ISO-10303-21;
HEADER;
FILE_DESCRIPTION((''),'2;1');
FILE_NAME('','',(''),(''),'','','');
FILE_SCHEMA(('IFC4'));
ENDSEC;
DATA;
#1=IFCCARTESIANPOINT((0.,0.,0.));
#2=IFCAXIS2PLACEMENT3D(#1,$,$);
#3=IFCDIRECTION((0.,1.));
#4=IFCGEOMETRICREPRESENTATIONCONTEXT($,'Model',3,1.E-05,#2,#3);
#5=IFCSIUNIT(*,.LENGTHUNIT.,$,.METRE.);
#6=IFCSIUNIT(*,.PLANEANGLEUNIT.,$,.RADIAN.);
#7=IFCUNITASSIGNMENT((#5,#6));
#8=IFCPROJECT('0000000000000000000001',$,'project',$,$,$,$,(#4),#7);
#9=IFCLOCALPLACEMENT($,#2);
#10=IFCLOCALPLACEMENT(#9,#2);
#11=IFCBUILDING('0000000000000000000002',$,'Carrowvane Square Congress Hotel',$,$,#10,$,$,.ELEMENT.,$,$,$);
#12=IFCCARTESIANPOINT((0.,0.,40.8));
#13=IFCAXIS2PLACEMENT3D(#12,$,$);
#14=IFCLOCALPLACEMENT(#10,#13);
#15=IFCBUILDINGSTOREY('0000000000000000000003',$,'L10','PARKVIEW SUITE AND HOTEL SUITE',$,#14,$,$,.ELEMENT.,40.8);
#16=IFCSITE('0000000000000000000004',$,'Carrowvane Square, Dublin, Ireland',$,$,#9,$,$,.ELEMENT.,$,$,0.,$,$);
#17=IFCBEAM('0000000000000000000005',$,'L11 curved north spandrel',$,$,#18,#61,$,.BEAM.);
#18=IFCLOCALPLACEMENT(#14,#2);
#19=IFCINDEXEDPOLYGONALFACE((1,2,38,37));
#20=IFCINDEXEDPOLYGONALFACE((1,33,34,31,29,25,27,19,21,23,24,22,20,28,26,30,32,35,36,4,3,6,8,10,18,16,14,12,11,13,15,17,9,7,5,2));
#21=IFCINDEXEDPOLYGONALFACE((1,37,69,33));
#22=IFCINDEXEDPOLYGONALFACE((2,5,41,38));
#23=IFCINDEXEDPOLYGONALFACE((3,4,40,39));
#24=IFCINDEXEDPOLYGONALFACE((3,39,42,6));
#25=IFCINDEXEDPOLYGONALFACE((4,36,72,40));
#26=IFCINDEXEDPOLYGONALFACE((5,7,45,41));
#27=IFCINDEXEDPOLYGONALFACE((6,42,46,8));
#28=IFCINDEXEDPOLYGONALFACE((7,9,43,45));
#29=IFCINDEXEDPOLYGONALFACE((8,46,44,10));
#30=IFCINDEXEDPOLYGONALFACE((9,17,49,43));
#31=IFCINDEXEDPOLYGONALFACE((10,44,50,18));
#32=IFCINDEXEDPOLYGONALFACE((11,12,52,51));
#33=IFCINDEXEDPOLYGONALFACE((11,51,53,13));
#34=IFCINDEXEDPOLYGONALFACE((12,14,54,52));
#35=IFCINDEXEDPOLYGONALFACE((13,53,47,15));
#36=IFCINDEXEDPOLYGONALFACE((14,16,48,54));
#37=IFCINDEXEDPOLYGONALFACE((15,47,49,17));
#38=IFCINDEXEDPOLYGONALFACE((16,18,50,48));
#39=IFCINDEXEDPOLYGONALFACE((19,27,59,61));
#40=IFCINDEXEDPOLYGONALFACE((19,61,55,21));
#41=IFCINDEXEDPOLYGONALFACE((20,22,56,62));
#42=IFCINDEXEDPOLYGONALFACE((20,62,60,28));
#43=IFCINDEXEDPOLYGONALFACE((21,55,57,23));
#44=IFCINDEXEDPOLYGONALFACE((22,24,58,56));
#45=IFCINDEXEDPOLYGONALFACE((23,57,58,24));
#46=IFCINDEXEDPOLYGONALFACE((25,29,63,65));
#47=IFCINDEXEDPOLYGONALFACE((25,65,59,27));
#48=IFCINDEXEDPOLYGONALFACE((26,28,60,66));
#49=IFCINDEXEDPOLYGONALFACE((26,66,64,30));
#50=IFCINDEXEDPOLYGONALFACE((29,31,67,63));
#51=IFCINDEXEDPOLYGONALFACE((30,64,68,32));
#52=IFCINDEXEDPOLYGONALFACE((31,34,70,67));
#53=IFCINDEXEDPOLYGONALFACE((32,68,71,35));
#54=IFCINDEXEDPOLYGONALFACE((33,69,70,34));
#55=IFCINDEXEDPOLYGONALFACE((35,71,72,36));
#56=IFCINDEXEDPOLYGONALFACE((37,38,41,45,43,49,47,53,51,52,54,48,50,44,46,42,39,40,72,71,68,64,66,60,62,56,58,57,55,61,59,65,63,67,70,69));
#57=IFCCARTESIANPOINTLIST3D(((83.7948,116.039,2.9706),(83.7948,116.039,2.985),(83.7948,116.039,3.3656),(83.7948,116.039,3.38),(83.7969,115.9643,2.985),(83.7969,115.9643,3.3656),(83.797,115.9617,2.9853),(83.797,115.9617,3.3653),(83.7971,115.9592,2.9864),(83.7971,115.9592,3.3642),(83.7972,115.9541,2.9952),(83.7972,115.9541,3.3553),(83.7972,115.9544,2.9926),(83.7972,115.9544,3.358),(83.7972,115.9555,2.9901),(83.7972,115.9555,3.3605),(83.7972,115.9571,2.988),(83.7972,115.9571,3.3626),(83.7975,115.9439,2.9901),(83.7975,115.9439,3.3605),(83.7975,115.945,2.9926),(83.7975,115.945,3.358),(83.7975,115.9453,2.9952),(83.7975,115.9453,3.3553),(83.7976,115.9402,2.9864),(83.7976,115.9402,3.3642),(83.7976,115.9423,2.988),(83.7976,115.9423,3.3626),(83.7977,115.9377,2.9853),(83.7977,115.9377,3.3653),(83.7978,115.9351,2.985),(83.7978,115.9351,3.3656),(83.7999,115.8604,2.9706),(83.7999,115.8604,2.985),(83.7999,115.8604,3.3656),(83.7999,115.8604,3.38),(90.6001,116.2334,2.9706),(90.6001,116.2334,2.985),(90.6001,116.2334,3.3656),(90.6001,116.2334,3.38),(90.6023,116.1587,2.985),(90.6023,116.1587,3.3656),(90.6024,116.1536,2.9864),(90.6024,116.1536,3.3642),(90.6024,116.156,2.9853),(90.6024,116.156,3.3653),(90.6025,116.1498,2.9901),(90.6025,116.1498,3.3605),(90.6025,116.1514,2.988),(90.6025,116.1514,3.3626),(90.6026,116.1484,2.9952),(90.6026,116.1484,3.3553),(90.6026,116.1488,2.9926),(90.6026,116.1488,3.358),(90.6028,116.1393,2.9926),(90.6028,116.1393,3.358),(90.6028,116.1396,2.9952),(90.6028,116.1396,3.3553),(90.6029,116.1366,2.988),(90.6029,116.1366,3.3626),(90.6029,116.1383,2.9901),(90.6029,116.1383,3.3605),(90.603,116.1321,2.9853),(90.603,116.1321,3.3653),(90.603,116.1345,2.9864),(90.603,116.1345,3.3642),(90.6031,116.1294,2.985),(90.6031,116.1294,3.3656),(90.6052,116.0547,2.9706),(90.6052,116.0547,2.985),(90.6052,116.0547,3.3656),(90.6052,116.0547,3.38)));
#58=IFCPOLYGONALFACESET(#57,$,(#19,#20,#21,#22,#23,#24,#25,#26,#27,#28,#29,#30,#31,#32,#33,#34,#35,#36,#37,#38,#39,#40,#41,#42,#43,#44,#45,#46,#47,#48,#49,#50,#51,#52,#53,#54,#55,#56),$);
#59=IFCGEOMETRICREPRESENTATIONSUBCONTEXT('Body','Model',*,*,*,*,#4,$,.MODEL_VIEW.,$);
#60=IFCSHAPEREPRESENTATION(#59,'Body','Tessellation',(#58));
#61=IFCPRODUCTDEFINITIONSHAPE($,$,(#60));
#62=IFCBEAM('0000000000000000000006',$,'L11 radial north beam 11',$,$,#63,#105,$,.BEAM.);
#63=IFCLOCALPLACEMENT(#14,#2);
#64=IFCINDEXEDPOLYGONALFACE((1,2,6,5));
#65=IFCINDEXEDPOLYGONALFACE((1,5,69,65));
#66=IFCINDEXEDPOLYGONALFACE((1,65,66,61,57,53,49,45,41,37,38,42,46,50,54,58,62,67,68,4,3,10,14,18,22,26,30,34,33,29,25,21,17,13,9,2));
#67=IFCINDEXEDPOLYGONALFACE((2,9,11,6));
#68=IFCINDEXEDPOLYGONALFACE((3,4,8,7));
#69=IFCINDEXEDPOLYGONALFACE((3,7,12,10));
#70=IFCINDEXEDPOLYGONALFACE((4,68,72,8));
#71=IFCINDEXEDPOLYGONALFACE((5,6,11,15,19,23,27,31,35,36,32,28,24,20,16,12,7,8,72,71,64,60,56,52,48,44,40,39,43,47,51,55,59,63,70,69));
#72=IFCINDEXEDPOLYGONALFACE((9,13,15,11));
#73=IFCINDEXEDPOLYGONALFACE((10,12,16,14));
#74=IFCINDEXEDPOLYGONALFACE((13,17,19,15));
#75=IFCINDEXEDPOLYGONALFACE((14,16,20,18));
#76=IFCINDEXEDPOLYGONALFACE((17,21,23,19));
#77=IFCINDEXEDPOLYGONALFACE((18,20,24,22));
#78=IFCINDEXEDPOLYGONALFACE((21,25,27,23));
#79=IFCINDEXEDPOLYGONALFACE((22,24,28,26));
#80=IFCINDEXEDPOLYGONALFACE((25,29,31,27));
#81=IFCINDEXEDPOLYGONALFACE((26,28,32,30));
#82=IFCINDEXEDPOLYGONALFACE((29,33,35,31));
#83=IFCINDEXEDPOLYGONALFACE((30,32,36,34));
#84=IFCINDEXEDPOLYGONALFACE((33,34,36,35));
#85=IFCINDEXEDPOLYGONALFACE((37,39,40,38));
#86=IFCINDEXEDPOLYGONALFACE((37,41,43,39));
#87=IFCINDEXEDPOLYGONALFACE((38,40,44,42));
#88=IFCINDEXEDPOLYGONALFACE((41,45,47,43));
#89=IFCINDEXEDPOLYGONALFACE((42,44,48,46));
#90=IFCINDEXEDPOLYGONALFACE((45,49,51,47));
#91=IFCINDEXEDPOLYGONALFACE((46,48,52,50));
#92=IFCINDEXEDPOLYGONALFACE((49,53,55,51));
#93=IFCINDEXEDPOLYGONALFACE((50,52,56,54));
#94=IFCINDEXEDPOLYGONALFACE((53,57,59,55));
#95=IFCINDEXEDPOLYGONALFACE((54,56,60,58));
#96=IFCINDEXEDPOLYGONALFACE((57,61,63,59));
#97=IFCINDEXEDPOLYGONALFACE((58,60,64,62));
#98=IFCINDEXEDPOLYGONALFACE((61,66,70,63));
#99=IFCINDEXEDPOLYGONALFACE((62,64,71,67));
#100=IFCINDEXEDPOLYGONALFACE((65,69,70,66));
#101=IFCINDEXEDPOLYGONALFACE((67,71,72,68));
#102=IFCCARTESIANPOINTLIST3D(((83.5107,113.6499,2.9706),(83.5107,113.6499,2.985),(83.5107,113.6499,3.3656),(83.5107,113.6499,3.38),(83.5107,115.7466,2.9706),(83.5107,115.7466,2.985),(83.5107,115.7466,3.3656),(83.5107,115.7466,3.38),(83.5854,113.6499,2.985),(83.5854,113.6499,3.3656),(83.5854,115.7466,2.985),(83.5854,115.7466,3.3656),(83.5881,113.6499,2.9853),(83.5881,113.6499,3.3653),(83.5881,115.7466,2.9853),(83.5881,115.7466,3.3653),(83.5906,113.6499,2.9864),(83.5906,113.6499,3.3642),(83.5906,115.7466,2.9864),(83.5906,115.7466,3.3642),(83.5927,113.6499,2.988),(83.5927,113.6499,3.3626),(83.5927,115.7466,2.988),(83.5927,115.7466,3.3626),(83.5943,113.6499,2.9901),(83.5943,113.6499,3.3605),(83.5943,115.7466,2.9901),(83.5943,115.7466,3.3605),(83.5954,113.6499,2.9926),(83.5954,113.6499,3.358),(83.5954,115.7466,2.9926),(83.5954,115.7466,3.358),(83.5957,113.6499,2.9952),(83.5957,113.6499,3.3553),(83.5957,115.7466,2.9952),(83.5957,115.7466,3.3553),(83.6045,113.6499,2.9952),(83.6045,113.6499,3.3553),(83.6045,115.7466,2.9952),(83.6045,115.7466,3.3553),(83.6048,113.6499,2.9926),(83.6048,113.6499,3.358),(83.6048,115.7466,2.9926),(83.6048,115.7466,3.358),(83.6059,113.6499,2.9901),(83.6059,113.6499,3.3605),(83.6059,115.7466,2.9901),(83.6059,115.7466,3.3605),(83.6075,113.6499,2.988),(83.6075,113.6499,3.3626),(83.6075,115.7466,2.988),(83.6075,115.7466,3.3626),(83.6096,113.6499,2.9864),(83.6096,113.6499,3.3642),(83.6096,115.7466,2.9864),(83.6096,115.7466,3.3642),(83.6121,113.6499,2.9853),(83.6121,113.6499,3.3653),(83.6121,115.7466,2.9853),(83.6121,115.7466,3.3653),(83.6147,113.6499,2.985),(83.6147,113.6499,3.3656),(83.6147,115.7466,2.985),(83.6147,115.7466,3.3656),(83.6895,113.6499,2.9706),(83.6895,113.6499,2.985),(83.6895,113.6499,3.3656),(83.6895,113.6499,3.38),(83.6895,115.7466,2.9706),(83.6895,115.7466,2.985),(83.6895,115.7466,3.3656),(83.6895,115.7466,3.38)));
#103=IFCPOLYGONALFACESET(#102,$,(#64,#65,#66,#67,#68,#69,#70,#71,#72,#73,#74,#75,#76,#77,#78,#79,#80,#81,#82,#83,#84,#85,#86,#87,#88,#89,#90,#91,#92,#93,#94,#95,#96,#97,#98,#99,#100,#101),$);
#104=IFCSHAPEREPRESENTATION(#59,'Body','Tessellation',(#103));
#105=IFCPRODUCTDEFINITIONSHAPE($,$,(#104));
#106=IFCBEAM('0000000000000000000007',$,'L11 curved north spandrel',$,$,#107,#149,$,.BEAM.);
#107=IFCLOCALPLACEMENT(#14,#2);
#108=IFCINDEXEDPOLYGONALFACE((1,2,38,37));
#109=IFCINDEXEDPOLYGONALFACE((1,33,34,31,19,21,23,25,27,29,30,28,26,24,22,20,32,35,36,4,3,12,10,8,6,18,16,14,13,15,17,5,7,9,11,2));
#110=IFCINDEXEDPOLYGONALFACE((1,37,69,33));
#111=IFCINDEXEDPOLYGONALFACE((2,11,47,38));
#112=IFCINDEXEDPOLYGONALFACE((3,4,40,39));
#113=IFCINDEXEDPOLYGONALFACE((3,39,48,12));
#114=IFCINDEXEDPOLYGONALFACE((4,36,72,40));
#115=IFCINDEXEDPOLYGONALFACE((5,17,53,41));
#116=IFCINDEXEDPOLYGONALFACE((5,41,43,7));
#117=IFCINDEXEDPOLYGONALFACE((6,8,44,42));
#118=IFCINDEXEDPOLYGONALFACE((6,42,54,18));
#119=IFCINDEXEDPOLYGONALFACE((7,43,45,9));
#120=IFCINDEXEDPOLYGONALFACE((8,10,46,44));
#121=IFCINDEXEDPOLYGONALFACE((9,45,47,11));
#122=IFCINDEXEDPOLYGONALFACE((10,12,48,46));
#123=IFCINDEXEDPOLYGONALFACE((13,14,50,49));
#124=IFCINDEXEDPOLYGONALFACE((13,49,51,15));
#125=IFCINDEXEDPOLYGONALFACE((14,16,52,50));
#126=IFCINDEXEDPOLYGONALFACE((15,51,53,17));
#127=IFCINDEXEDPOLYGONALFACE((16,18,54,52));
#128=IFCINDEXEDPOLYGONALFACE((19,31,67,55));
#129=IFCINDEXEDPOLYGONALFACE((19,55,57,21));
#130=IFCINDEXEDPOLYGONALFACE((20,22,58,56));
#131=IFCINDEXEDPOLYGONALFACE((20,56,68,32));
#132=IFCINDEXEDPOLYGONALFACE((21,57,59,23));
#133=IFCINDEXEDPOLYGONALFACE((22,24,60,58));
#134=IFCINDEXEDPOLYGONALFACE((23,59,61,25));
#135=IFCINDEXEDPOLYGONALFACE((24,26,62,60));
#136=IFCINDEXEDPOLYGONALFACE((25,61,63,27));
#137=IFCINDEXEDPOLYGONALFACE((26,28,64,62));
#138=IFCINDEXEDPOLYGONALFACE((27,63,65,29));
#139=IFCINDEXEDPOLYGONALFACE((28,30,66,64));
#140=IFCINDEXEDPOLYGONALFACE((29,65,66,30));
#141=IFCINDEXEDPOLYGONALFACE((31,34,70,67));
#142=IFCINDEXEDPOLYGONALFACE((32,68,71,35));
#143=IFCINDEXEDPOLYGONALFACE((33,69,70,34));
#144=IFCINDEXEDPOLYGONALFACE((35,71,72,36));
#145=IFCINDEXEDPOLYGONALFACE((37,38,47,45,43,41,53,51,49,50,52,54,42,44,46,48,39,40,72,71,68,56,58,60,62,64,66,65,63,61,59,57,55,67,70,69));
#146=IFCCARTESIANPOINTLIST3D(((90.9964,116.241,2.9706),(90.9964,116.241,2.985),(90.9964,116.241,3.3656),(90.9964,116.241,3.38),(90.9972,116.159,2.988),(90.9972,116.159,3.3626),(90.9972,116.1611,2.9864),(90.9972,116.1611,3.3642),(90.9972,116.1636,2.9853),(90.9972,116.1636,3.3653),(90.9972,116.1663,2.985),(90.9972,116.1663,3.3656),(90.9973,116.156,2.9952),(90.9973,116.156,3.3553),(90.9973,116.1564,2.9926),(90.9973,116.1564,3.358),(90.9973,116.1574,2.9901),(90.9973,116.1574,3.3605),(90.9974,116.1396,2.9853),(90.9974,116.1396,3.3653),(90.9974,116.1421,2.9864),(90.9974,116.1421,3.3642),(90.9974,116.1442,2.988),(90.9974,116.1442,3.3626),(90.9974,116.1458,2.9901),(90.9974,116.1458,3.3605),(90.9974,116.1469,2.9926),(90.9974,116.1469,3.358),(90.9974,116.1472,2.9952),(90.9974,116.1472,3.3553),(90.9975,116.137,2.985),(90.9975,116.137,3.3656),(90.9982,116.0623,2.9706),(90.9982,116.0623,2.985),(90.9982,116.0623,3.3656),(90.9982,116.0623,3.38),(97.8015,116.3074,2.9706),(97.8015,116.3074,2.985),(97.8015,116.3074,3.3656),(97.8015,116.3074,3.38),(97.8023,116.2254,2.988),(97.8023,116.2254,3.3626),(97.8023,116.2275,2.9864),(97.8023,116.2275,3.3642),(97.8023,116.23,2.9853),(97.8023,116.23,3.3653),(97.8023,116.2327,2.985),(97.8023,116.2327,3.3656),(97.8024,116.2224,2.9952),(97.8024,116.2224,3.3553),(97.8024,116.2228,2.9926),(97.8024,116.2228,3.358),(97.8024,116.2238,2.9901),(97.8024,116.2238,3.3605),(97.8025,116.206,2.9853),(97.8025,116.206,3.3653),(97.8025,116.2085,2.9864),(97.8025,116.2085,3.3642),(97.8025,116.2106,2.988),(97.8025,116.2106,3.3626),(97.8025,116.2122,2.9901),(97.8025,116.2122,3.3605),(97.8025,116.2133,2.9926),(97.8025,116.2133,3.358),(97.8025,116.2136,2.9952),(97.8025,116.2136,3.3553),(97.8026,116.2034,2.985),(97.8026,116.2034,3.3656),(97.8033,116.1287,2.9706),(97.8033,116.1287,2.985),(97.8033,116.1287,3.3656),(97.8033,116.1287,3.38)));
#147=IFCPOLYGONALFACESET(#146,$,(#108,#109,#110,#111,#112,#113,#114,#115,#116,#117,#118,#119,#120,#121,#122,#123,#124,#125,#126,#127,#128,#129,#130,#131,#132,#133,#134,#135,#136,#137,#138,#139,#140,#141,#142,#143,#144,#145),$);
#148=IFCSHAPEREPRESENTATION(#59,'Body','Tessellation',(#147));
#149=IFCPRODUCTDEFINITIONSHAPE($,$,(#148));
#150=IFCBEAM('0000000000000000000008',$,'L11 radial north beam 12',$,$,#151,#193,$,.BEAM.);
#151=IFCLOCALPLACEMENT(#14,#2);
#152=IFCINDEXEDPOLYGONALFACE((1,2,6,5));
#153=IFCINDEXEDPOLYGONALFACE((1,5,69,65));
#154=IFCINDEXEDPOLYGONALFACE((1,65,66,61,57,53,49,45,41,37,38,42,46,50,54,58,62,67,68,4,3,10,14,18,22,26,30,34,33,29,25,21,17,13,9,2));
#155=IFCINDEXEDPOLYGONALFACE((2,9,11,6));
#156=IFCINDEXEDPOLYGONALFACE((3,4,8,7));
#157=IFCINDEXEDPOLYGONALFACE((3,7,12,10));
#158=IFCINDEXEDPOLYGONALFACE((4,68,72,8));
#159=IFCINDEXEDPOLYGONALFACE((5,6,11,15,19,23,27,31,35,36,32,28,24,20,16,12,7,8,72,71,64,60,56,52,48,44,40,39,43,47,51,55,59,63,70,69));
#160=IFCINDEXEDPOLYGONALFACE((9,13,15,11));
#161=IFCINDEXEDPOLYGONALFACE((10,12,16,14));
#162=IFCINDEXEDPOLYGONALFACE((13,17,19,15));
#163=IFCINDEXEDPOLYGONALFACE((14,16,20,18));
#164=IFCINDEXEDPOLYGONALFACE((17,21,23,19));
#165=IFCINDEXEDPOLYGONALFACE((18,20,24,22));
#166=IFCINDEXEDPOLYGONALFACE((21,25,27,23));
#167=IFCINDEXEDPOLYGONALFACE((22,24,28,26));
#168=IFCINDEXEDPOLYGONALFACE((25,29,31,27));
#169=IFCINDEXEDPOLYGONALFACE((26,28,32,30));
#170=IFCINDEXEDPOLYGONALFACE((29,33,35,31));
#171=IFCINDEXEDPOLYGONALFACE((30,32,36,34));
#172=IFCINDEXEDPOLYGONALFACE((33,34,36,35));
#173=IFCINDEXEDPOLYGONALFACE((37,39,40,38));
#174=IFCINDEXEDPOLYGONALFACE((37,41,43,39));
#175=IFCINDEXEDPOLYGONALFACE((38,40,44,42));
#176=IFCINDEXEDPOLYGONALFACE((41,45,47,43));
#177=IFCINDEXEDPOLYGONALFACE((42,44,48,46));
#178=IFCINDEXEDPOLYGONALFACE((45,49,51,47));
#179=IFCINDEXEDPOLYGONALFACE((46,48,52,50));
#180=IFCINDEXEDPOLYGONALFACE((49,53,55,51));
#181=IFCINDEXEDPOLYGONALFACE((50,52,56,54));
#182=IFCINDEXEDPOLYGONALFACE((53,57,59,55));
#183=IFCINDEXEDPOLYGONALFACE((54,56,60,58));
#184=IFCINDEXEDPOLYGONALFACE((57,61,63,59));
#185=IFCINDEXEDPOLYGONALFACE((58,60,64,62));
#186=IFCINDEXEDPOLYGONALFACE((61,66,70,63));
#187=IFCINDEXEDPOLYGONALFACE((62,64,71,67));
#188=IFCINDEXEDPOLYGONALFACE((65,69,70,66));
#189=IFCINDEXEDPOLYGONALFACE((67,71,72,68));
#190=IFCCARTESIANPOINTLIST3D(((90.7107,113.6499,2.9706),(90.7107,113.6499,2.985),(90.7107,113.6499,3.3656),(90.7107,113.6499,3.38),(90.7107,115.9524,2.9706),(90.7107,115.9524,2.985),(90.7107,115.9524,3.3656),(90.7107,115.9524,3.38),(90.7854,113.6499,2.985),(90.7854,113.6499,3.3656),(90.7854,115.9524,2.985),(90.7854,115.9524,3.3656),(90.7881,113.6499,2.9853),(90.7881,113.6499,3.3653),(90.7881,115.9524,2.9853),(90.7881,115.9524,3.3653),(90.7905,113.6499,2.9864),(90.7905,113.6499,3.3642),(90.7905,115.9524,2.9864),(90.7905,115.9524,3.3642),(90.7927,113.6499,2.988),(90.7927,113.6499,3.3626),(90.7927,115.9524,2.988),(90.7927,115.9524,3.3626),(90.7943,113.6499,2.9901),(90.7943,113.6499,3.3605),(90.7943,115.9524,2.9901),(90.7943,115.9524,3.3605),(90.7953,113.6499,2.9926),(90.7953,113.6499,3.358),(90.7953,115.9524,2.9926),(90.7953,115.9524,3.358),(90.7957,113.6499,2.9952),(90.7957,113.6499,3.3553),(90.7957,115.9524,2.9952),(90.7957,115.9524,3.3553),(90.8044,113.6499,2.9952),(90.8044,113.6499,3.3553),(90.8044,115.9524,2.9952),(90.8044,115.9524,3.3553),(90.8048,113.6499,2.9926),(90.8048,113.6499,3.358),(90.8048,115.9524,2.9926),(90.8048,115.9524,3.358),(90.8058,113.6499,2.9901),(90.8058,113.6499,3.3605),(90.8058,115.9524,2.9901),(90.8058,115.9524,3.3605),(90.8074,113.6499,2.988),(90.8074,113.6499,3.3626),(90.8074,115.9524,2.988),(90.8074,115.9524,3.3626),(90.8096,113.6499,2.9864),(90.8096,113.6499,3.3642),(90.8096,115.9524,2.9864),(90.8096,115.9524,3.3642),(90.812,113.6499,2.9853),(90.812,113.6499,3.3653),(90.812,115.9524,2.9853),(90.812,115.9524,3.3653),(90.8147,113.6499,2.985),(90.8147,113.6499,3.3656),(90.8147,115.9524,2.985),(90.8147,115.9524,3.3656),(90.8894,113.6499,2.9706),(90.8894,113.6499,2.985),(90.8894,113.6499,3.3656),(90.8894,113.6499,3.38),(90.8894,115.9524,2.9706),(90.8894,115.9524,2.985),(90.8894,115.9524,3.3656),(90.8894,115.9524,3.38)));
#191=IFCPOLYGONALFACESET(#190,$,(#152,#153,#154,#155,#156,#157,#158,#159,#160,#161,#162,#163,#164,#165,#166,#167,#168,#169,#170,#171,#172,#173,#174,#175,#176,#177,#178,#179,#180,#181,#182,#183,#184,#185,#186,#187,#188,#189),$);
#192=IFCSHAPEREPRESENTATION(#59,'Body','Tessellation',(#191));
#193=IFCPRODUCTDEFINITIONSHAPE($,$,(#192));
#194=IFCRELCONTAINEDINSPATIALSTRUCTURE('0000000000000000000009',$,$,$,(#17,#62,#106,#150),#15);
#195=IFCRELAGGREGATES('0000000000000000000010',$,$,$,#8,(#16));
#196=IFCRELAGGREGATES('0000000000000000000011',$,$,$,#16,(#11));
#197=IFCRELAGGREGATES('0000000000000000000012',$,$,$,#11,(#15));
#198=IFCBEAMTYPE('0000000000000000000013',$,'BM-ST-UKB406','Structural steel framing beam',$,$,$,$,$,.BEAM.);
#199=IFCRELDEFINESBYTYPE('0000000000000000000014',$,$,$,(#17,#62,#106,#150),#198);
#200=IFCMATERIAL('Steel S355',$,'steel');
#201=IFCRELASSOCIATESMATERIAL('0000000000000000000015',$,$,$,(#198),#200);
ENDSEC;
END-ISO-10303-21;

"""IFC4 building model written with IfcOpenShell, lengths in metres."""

from ifc_helpers import new_model, si_unit, direction, frame, origin, origin_2d, place, context, subcontext, project, spatial, i_section, extrude, material, material_profile, profile_set, type_object, element, save


model = new_model("IFC4")

# Units and contexts
model_context = context("Model", 3, precision=1e-05, world=origin(), true_north=direction((0.0, 1.0)))
body_context = subcontext(model_context, "Body", "Model", "MODEL_VIEW")
ifc_project = project(units=[si_unit("LENGTHUNIT", "METRE"), si_unit("PLANEANGLEUNIT", "RADIAN")], contexts=[model_context])

# Site, building, storey
site_placement = place(None, origin())
site = spatial("IfcSite", under=ifc_project, at=site_placement, Name="Carrowvane Square, Dublin, Ireland", CompositionType="ELEMENT", RefElevation=0.0)
building_placement = place(site_placement, origin())
building = spatial("IfcBuilding", under=site, at=building_placement, Name="Carrowvane Square Congress Hotel", CompositionType="ELEMENT")
storey_placement = place(building_placement, frame((0.0, 0.0, 40.8)))
storey = spatial("IfcBuildingStorey", under=building, at=storey_placement, Name="L10", Description="PARKVIEW SUITE AND HOTEL SUITE", CompositionType="ELEMENT", Elevation=40.8)

# Beams
ifc_material_1 = material(Name="Steel S355", Category="steel")
ifc_material_profile_1 = material_profile(ifc_material_1, i_section(OverallWidth=0.1787, OverallDepth=0.4094, WebThickness=0.0088, FlangeThickness=0.0144, FilletRadius=0.0103, at=origin_2d()), Name="UKB 406x178x67")
ifc_profile_set_1 = profile_set([ifc_material_profile_1], Name="Steel S355")
beam_type_1 = type_object("IfcBeamType", Name="BM-ST-UKB406", Description="Structural steel framing beam", PredefinedType="BEAM", material=ifc_profile_set_1)
beam_1_placement = place(storey_placement, frame((83.7974, 115.9497, 3.1753), z_axis=(0.999593, 0.028544, 0.0), x_axis=(-0.028544, 0.999593, 0.0)))
element("IfcBeam", 1, at=beam_1_placement, inside=storey, type_object=beam_type_1, Name="L11 curved north spandrel", PredefinedType="BEAM", context=body_context, shape_type="SweptSolid", body=[
    extrude(i_section(OverallWidth=0.1787, OverallDepth=0.4094, WebThickness=0.0088, FlangeThickness=0.0144, FilletRadius=0.0103, at=origin_2d()), origin(), (0.0, 0.0, 1.0), 6.8081),
])
beam_2_placement = place(storey_placement, frame((83.6001, 113.6499, 3.1753), z_axis=(0.0, 1.0, 0.0), x_axis=(-1.0, 0.0, 0.0)))
element("IfcBeam", 2, at=beam_2_placement, inside=storey, type_object=beam_type_1, Name="L11 radial north beam 11", PredefinedType="BEAM", context=body_context, shape_type="SweptSolid", body=[
    extrude(i_section(OverallWidth=0.1787, OverallDepth=0.4094, WebThickness=0.0088, FlangeThickness=0.0144, FilletRadius=0.0103, at=origin_2d()), origin(), (0.0, 0.0, 1.0), 2.0967),
])
beam_3_placement = place(storey_placement, frame((90.9973, 116.1516, 3.1753), z_axis=(0.999952, 0.009758, 0.0), x_axis=(-0.009758, 0.999952, 0.0)))
element("IfcBeam", 3, at=beam_3_placement, inside=storey, type_object=beam_type_1, Name="L11 curved north spandrel", PredefinedType="BEAM", context=body_context, shape_type="SweptSolid", body=[
    extrude(i_section(OverallWidth=0.1787, OverallDepth=0.4094, WebThickness=0.0088, FlangeThickness=0.0144, FilletRadius=0.0103, at=origin_2d()), origin(), (0.0, 0.0, 1.0), 6.8054),
])
beam_4_placement = place(storey_placement, frame((90.8, 113.6499, 3.1753), z_axis=(0.0, 1.0, 0.0), x_axis=(-1.0, 0.0, 0.0)))
element("IfcBeam", 4, at=beam_4_placement, inside=storey, type_object=beam_type_1, Name="L11 radial north beam 12", PredefinedType="BEAM", context=body_context, shape_type="SweptSolid", body=[
    extrude(i_section(OverallWidth=0.1787, OverallDepth=0.4094, WebThickness=0.0088, FlangeThickness=0.0144, FilletRadius=0.0103, at=origin_2d()), origin(), (0.0, 0.0, 1.0), 2.3025),
])

save(model, "model.ifc")
